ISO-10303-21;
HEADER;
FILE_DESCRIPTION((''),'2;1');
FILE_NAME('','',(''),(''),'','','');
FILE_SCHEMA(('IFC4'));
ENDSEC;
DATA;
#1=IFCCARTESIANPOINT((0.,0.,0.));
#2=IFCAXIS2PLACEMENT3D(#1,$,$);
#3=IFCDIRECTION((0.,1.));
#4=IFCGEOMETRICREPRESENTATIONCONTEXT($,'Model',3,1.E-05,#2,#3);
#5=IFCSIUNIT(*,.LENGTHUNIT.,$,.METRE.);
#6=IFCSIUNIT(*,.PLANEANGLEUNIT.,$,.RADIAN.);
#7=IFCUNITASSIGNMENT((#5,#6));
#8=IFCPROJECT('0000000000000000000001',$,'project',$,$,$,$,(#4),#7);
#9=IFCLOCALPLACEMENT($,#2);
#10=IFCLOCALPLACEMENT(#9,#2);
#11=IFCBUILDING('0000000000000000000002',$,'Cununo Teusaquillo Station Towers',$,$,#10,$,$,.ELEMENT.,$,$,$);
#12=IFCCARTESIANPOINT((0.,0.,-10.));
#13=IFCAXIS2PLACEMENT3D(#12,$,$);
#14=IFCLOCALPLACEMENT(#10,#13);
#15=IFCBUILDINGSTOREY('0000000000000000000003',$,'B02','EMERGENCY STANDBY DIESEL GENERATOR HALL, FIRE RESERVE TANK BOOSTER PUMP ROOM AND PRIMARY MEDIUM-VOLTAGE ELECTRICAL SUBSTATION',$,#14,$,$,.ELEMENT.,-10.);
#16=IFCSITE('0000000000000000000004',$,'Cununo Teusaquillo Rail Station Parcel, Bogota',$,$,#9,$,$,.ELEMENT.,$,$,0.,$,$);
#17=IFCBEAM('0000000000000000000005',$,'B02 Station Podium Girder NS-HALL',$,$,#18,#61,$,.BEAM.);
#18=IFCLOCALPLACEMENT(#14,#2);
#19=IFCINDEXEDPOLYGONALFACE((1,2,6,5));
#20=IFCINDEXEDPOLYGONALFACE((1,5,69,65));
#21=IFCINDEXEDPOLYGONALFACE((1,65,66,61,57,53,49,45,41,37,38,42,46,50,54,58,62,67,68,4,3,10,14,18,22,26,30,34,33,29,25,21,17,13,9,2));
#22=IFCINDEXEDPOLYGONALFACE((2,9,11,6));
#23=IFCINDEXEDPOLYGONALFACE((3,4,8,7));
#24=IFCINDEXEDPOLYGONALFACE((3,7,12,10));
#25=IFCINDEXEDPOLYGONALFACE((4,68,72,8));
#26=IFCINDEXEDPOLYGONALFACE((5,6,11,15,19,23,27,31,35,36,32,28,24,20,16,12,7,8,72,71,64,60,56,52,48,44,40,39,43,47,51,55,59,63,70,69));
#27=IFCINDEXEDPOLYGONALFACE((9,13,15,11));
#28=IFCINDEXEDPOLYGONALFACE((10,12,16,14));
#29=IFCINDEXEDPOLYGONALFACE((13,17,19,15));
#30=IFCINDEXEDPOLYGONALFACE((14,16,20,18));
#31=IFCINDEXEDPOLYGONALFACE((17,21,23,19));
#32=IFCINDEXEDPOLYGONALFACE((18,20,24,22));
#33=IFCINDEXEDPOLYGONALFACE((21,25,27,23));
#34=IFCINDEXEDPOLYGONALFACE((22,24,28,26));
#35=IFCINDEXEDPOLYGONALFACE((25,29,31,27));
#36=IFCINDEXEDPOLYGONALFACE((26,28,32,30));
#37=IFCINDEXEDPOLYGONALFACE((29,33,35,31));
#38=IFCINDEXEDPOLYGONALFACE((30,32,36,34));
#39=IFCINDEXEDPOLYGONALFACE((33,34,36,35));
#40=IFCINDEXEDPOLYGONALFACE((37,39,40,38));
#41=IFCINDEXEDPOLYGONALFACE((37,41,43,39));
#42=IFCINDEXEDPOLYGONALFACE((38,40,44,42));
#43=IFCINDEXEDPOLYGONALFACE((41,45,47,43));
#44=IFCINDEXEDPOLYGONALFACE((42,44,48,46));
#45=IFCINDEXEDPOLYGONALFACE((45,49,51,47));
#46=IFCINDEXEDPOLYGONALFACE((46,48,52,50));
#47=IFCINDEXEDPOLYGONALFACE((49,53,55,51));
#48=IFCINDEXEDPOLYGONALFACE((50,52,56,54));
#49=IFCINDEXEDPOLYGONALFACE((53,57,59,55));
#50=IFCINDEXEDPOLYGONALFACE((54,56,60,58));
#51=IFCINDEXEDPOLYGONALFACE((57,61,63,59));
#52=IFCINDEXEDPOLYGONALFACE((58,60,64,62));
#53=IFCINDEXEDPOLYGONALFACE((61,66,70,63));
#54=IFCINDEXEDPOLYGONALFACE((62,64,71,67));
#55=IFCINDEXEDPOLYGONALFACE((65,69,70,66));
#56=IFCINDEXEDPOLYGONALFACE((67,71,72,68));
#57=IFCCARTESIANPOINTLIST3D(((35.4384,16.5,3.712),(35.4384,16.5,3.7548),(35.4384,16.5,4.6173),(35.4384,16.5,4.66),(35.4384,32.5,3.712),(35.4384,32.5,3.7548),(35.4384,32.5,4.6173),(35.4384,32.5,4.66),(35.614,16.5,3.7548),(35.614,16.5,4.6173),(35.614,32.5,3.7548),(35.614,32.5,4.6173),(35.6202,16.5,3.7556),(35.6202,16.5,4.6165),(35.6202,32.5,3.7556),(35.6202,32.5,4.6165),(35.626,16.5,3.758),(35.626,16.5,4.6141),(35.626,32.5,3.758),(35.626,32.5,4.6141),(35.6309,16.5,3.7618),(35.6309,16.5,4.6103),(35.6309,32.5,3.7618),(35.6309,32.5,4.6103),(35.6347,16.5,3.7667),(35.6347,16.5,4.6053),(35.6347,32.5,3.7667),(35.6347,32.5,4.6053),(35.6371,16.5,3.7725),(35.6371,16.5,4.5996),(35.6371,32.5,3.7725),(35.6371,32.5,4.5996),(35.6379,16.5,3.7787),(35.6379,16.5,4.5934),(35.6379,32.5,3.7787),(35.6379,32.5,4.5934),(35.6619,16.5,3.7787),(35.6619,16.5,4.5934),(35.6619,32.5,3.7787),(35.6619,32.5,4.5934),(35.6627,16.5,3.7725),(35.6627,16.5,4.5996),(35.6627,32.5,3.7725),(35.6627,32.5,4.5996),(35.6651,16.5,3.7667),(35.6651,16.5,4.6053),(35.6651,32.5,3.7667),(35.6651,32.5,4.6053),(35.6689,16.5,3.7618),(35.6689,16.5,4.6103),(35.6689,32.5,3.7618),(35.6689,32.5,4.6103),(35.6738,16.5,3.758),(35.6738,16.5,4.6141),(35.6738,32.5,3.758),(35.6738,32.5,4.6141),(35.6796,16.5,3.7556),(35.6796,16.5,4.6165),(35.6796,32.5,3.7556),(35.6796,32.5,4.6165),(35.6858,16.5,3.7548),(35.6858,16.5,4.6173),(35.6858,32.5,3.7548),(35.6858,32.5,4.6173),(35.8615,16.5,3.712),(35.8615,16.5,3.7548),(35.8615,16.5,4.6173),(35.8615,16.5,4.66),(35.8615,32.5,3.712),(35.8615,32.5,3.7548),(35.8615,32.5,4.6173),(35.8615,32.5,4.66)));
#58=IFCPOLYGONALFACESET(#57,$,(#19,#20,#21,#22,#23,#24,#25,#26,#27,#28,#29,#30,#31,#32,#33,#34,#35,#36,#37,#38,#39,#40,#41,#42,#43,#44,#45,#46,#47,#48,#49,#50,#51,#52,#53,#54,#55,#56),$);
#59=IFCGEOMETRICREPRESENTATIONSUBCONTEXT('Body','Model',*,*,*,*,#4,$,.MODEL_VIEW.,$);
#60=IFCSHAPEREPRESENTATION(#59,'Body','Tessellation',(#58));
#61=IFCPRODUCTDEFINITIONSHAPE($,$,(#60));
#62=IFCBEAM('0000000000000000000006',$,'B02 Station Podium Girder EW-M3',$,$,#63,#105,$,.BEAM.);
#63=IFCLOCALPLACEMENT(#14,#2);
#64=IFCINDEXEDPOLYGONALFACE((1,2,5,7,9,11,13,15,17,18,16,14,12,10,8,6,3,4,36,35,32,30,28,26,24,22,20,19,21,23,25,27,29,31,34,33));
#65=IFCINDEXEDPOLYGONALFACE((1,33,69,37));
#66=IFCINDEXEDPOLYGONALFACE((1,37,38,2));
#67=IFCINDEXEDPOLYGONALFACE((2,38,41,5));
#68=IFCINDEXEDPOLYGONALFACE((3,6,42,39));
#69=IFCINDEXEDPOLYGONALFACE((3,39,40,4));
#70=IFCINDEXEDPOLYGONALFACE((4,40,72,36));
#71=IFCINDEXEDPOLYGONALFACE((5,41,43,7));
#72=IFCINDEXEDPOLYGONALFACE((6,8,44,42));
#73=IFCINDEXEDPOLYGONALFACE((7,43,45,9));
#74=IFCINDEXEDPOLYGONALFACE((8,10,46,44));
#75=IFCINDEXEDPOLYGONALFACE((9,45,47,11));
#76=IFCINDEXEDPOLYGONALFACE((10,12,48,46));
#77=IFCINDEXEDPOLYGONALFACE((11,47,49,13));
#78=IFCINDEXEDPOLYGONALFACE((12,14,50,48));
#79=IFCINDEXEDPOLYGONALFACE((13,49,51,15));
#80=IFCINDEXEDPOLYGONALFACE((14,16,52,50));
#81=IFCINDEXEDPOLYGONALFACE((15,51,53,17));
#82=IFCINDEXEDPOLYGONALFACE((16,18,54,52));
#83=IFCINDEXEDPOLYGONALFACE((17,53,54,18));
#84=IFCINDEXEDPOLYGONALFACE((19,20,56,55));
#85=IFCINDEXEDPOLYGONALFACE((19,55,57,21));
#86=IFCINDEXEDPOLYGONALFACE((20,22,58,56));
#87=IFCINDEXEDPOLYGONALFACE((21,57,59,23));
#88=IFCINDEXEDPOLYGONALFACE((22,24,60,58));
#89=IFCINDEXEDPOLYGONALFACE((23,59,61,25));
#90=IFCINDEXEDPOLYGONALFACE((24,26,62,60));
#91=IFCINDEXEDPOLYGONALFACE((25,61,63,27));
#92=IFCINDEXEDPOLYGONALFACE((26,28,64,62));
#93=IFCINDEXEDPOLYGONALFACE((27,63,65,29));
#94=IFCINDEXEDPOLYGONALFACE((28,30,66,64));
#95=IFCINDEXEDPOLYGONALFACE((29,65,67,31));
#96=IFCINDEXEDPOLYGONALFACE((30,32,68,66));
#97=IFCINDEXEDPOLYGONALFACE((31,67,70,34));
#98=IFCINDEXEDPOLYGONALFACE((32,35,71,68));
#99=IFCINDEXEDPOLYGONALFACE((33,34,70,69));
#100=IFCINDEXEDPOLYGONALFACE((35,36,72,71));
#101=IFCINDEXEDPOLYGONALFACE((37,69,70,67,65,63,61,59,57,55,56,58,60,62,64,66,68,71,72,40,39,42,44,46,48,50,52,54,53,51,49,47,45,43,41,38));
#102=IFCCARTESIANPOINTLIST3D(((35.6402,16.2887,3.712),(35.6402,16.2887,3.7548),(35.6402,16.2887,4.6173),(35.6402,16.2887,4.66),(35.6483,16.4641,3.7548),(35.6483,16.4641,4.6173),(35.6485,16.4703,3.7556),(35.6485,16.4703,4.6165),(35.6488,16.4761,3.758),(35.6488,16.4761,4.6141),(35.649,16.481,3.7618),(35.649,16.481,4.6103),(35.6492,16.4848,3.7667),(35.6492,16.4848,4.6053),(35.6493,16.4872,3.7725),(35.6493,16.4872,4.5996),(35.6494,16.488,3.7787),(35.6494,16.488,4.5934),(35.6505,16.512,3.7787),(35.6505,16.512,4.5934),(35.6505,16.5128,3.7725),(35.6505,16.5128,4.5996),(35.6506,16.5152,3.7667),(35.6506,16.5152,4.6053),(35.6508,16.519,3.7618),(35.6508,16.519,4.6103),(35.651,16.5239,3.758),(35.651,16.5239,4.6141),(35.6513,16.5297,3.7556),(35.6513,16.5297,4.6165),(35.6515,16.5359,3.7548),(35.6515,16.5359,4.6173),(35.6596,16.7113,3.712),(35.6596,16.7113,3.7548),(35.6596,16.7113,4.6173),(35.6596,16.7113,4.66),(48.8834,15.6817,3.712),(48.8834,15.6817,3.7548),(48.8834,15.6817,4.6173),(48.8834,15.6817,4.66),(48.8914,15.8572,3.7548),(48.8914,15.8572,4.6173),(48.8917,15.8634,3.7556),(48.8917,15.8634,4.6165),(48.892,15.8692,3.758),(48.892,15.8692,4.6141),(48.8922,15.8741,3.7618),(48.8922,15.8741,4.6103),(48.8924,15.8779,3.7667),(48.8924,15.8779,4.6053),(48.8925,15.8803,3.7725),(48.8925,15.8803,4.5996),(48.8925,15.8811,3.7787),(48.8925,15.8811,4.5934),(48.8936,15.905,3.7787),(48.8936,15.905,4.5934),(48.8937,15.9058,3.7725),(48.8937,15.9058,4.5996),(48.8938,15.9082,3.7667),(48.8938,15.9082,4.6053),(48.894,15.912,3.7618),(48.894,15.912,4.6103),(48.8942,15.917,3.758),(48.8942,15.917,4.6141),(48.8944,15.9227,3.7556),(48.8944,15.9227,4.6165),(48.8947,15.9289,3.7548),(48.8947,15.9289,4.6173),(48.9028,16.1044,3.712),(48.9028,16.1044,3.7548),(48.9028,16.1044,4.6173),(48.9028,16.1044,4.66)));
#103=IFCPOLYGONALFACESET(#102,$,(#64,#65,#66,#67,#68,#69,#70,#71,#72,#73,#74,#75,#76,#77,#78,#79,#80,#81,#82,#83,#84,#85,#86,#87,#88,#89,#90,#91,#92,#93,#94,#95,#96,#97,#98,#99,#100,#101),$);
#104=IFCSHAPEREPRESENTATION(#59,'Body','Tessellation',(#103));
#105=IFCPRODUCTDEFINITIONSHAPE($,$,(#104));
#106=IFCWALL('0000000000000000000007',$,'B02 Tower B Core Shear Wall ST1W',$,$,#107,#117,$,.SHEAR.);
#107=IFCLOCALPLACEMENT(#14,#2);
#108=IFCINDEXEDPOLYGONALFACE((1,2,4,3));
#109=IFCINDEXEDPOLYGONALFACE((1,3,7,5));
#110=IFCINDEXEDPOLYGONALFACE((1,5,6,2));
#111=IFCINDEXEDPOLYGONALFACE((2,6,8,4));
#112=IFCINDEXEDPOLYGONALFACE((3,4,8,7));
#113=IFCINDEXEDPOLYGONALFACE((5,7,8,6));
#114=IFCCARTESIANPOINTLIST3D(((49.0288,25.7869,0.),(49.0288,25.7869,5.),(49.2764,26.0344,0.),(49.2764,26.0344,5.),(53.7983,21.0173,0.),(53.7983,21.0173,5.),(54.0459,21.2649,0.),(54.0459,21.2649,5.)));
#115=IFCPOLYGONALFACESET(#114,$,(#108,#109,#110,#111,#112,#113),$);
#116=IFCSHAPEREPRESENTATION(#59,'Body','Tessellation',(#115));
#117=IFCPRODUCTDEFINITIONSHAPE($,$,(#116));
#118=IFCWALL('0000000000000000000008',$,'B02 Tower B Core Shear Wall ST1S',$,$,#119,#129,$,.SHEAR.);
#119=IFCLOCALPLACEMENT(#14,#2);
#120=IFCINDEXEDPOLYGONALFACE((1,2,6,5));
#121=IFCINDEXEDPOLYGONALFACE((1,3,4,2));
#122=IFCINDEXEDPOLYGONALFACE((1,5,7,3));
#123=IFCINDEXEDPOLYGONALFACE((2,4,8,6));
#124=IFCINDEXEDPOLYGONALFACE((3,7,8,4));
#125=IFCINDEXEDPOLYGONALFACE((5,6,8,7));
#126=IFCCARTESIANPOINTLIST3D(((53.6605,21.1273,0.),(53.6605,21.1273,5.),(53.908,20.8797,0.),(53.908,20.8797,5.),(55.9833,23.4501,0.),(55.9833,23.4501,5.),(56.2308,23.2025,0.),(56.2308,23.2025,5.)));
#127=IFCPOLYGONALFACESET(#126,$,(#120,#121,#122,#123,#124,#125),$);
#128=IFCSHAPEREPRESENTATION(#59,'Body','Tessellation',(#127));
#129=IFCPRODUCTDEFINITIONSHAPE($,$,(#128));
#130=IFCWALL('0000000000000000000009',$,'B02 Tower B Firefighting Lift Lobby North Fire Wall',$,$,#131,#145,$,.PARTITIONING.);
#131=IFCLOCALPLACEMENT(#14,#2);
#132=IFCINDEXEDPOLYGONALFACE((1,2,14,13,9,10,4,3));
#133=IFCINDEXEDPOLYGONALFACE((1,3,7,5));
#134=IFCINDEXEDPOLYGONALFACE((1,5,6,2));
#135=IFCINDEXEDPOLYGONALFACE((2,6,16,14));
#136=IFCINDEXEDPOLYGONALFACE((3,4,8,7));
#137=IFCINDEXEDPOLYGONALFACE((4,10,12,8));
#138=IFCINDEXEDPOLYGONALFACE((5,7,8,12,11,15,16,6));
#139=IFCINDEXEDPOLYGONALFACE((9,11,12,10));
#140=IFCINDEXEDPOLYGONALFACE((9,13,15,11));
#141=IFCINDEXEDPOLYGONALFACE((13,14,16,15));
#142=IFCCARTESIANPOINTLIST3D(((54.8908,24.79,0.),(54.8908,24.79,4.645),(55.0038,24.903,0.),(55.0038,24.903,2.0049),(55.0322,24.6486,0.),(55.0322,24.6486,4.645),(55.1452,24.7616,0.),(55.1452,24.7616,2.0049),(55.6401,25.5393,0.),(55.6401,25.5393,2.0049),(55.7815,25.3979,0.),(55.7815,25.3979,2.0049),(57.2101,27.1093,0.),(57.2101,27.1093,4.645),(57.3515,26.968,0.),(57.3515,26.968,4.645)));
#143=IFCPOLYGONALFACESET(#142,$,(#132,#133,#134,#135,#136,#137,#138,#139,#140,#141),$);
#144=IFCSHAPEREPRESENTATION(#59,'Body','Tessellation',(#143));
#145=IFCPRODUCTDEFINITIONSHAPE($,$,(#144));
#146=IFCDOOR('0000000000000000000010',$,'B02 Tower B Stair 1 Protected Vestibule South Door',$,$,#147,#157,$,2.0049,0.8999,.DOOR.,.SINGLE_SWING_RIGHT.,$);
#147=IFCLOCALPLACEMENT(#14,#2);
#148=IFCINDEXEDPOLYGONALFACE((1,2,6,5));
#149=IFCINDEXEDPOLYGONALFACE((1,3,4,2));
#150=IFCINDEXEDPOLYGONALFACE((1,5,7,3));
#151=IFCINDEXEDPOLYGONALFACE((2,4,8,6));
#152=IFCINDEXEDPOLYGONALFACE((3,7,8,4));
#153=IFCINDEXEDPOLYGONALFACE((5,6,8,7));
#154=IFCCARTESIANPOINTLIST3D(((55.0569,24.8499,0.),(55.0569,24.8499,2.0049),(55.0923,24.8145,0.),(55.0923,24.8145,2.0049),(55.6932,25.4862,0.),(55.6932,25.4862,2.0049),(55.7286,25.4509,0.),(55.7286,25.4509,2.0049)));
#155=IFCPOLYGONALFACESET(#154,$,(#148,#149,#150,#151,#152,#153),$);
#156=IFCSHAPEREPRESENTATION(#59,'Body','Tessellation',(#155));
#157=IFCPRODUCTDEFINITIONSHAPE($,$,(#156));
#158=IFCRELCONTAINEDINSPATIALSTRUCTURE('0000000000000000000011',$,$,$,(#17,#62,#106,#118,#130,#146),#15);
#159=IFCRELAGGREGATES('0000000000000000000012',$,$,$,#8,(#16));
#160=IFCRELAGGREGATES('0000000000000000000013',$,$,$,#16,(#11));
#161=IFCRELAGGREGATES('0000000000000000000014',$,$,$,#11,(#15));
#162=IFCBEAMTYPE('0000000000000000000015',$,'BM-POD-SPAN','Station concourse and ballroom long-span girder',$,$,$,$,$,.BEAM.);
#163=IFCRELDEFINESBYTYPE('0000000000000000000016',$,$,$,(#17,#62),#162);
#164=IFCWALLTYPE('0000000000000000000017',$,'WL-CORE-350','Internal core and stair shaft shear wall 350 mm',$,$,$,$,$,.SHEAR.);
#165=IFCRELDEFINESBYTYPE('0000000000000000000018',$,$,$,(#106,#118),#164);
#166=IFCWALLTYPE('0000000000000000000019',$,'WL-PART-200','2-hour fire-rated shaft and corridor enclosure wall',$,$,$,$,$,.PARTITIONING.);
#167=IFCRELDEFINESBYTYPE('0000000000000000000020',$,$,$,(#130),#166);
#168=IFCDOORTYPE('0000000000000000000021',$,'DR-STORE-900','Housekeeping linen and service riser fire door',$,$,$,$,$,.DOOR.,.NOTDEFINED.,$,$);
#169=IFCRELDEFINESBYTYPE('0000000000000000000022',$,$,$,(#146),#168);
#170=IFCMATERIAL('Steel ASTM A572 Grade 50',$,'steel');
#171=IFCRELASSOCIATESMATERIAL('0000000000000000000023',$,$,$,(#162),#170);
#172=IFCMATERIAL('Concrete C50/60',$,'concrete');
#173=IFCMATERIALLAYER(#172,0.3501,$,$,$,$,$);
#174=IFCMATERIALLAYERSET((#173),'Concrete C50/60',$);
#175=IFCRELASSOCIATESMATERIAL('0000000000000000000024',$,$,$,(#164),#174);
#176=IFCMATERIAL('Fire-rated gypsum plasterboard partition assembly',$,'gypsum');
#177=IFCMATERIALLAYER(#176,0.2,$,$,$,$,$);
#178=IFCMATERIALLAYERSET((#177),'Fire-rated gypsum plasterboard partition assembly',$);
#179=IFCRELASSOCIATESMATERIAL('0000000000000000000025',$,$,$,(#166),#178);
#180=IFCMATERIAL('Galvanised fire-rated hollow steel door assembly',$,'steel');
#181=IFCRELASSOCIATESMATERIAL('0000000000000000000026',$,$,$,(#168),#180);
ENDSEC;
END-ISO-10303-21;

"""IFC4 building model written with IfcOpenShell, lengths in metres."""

from ifc_helpers import new_model, si_unit, direction, frame, frame_2d, origin, origin_2d, place, context, subcontext, project, spatial, rectangle, i_section, extrude, source, transform, mapped, material, layer, layer_set, material_profile, profile_set, type_object, element, fill, save


model = new_model("IFC4")

# Units and contexts
model_context = context("Model", 3, precision=1e-05, world=origin(), true_north=direction((0.0, 1.0)))
body_context = subcontext(model_context, "Body", "Model", "MODEL_VIEW")
ifc_project = project(units=[si_unit("LENGTHUNIT", "METRE"), si_unit("PLANEANGLEUNIT", "RADIAN")], contexts=[model_context])

# Site, building, storey
site_placement = place(None, origin())
site = spatial("IfcSite", under=ifc_project, at=site_placement, Name="Cununo Teusaquillo Rail Station Parcel, Bogota", CompositionType="ELEMENT", RefElevation=0.0)
building_placement = place(site_placement, origin())
building = spatial("IfcBuilding", under=site, at=building_placement, Name="Cununo Teusaquillo Station Towers", CompositionType="ELEMENT")
storey_placement = place(building_placement, frame((0.0, 0.0, -10.0)))
storey = spatial("IfcBuildingStorey", under=building, at=storey_placement, Name="B02", Description="EMERGENCY STANDBY DIESEL GENERATOR HALL, FIRE RESERVE TANK BOOSTER PUMP ROOM AND PRIMARY MEDIUM-VOLTAGE ELECTRICAL SUBSTATION", CompositionType="ELEMENT", Elevation=-10.0)

# Beams
ifc_material_1 = material(Name="Steel ASTM A572 Grade 50", Category="steel")
ifc_material_profile_1 = material_profile(ifc_material_1, i_section(OverallWidth=0.4231, OverallDepth=0.948, WebThickness=0.0239, FlangeThickness=0.0427, FilletRadius=0.0239, at=origin_2d()), Name="W36X302")
ifc_profile_set_1 = profile_set([ifc_material_profile_1], Name="Steel ASTM A572 Grade 50")
beam_type = type_object("IfcBeamType", Name="BM-POD-SPAN", Description="Station concourse and ballroom long-span girder", PredefinedType="BEAM", material=ifc_profile_set_1)
beam_1_placement = place(storey_placement, frame((35.6499, 16.5, 4.186), z_axis=(0.0, 1.0, 0.0), x_axis=(-1.0, 0.0, 0.0)))
element("IfcBeam", 1, at=beam_1_placement, inside=storey, type_object=beam_type, Name="B02 Station Podium Girder NS-HALL", PredefinedType="BEAM", context=body_context, shape_type="SweptSolid", body=[
    extrude(i_section(OverallWidth=0.4231, OverallDepth=0.948, WebThickness=0.0239, FlangeThickness=0.0427, FilletRadius=0.0239, at=origin_2d()), origin(), (0.0, 0.0, 1.0), 16.0),
])
beam_2_placement = place(storey_placement, frame((35.6499, 16.5, 4.186), z_axis=(0.998951, -0.045782, 0.0), x_axis=(0.045782, 0.998951, 0.0)))
element("IfcBeam", 2, at=beam_2_placement, inside=storey, type_object=beam_type, Name="B02 Station Podium Girder EW-M3", PredefinedType="BEAM", context=body_context, shape_type="SweptSolid", body=[
    extrude(i_section(OverallWidth=0.4231, OverallDepth=0.948, WebThickness=0.0239, FlangeThickness=0.0427, FilletRadius=0.0239, at=origin_2d()), origin(), (0.0, 0.0, 1.0), 13.2571),
])

# Walls
ifc_material_2 = material(Name="Concrete C50/60", Category="concrete")
ifc_layer_1 = layer(ifc_material_2, 0.3501)
ifc_layer_set_1 = layer_set([ifc_layer_1], Name="Concrete C50/60")
wall_type_1 = type_object("IfcWallType", Name="WL-CORE-350", Description="Internal core and stair shaft shear wall 350 mm", PredefinedType="SHEAR", material=ifc_layer_set_1)
wall_1_placement = place(storey_placement, frame((53.9221, 21.1411, 0.0), z_axis=(0.0, 0.0, 1.0), x_axis=(-0.707107, 0.707107, 0.0)))
element("IfcWall", 3, at=wall_1_placement, inside=storey, type_object=wall_type_1, Name="B02 Tower B Core Shear Wall ST1W", PredefinedType="SHEAR", context=body_context, shape_type="SweptSolid", body=[
    extrude(rectangle(XDim=6.7451, YDim=0.3501, at=frame_2d((3.3726, 0.0))), origin(), (0.0, 0.0, 1.0), 5.0),
])
wall_2_placement = place(storey_placement, frame((53.7842, 21.0034, 0.0), z_axis=(0.0, 0.0, 1.0), x_axis=(0.707107, 0.707107, 0.0)))
element("IfcWall", 4, at=wall_2_placement, inside=storey, type_object=wall_type_1, Name="B02 Tower B Core Shear Wall ST1S", PredefinedType="SHEAR", context=body_context, shape_type="SweptSolid", body=[
    extrude(rectangle(XDim=3.2849, YDim=0.3501, at=frame_2d((1.6426, 0.0))), origin(), (0.0, 0.0, 1.0), 5.0),
])

# Wall, opening, door
ifc_material_3 = material(Name="Fire-rated gypsum plasterboard partition assembly", Category="gypsum")
ifc_layer_2 = layer(ifc_material_3, 0.2)
ifc_layer_set_2 = layer_set([ifc_layer_2], Name="Fire-rated gypsum plasterboard partition assembly")
wall_type_2 = type_object("IfcWallType", Name="WL-PART-200", Description="2-hour fire-rated shaft and corridor enclosure wall", PredefinedType="PARTITIONING", material=ifc_layer_set_2)
wall_3_placement = place(storey_placement, frame((54.9614, 24.7192, 0.0), z_axis=(0.0, 0.0, 1.0), x_axis=(0.707107, 0.707107, 0.0)))
wall_3 = element("IfcWall", 5, at=wall_3_placement, inside=storey, type_object=wall_type_2, Name="B02 Tower B Firefighting Lift Lobby North Fire Wall", PredefinedType="PARTITIONING", context=body_context, shape_type="SweptSolid", body=[
    extrude(rectangle(XDim=3.28, YDim=0.2, at=frame_2d((1.6401, 0.0))), origin(), (0.0, 0.0, 1.0), 4.645),
])
shared_shape_1 = source(origin(), body_context, "Body", "SweptSolid", [
    extrude(rectangle(XDim=0.8999, YDim=2.0049, at=frame_2d((0.45, 1.0024))), frame((0.0, 0.1099, 0.0), z_axis=(0.0, -1.0, 0.0), x_axis=(1.0, 0.0, 0.0)), (0.0, 0.0, 1.0), 0.22),
])
opening_placement = place(wall_3_placement, frame((0.1599, 0.0, 0.0)))
opening = element("IfcOpeningElement", 6, at=opening_placement, cuts=wall_3, PredefinedType="OPENING", context=body_context, shape_type="MappedRepresentation", body=[
    mapped(shared_shape_1, transform((0.0, 0.0, 0.0), x_axis=(1.0, 0.0, 0.0), y_axis=(0.0, 1.0, 0.0), z_axis=(0.0, 0.0, 1.0), scale=1.0)),
])
ifc_material_4 = material(Name="Galvanised fire-rated hollow steel door assembly", Category="steel")
door_type = type_object("IfcDoorType", Name="DR-STORE-900", Description="Housekeeping linen and service riser fire door", OperationType="NOTDEFINED", PredefinedType="DOOR", material=ifc_material_4)
shared_shape_2 = source(origin(), body_context, "Body", "SweptSolid", [
    extrude(rectangle(XDim=0.8999, YDim=2.0049, at=frame_2d((0.45, 1.0024))), frame((0.0, 0.0249, 0.0), z_axis=(0.0, -1.0, 0.0), x_axis=(1.0, 0.0, 0.0)), (0.0, 0.0, 1.0), 0.05),
])
door_placement = place(opening_placement, origin())
door = element("IfcDoor", 7, at=door_placement, inside=storey, type_object=door_type, Name="B02 Tower B Stair 1 Protected Vestibule South Door", OperationType="SINGLE_SWING_RIGHT", OverallHeight=2.0049, OverallWidth=0.8999, PredefinedType="DOOR", context=body_context, shape_type="MappedRepresentation", body=[
    mapped(shared_shape_2, transform((0.0, 0.0, 0.0), x_axis=(1.0, 0.0, 0.0), y_axis=(0.0, 1.0, 0.0), z_axis=(0.0, 0.0, 1.0), scale=1.0)),
])
fill(opening, door)

save(model, "model.ifc")
